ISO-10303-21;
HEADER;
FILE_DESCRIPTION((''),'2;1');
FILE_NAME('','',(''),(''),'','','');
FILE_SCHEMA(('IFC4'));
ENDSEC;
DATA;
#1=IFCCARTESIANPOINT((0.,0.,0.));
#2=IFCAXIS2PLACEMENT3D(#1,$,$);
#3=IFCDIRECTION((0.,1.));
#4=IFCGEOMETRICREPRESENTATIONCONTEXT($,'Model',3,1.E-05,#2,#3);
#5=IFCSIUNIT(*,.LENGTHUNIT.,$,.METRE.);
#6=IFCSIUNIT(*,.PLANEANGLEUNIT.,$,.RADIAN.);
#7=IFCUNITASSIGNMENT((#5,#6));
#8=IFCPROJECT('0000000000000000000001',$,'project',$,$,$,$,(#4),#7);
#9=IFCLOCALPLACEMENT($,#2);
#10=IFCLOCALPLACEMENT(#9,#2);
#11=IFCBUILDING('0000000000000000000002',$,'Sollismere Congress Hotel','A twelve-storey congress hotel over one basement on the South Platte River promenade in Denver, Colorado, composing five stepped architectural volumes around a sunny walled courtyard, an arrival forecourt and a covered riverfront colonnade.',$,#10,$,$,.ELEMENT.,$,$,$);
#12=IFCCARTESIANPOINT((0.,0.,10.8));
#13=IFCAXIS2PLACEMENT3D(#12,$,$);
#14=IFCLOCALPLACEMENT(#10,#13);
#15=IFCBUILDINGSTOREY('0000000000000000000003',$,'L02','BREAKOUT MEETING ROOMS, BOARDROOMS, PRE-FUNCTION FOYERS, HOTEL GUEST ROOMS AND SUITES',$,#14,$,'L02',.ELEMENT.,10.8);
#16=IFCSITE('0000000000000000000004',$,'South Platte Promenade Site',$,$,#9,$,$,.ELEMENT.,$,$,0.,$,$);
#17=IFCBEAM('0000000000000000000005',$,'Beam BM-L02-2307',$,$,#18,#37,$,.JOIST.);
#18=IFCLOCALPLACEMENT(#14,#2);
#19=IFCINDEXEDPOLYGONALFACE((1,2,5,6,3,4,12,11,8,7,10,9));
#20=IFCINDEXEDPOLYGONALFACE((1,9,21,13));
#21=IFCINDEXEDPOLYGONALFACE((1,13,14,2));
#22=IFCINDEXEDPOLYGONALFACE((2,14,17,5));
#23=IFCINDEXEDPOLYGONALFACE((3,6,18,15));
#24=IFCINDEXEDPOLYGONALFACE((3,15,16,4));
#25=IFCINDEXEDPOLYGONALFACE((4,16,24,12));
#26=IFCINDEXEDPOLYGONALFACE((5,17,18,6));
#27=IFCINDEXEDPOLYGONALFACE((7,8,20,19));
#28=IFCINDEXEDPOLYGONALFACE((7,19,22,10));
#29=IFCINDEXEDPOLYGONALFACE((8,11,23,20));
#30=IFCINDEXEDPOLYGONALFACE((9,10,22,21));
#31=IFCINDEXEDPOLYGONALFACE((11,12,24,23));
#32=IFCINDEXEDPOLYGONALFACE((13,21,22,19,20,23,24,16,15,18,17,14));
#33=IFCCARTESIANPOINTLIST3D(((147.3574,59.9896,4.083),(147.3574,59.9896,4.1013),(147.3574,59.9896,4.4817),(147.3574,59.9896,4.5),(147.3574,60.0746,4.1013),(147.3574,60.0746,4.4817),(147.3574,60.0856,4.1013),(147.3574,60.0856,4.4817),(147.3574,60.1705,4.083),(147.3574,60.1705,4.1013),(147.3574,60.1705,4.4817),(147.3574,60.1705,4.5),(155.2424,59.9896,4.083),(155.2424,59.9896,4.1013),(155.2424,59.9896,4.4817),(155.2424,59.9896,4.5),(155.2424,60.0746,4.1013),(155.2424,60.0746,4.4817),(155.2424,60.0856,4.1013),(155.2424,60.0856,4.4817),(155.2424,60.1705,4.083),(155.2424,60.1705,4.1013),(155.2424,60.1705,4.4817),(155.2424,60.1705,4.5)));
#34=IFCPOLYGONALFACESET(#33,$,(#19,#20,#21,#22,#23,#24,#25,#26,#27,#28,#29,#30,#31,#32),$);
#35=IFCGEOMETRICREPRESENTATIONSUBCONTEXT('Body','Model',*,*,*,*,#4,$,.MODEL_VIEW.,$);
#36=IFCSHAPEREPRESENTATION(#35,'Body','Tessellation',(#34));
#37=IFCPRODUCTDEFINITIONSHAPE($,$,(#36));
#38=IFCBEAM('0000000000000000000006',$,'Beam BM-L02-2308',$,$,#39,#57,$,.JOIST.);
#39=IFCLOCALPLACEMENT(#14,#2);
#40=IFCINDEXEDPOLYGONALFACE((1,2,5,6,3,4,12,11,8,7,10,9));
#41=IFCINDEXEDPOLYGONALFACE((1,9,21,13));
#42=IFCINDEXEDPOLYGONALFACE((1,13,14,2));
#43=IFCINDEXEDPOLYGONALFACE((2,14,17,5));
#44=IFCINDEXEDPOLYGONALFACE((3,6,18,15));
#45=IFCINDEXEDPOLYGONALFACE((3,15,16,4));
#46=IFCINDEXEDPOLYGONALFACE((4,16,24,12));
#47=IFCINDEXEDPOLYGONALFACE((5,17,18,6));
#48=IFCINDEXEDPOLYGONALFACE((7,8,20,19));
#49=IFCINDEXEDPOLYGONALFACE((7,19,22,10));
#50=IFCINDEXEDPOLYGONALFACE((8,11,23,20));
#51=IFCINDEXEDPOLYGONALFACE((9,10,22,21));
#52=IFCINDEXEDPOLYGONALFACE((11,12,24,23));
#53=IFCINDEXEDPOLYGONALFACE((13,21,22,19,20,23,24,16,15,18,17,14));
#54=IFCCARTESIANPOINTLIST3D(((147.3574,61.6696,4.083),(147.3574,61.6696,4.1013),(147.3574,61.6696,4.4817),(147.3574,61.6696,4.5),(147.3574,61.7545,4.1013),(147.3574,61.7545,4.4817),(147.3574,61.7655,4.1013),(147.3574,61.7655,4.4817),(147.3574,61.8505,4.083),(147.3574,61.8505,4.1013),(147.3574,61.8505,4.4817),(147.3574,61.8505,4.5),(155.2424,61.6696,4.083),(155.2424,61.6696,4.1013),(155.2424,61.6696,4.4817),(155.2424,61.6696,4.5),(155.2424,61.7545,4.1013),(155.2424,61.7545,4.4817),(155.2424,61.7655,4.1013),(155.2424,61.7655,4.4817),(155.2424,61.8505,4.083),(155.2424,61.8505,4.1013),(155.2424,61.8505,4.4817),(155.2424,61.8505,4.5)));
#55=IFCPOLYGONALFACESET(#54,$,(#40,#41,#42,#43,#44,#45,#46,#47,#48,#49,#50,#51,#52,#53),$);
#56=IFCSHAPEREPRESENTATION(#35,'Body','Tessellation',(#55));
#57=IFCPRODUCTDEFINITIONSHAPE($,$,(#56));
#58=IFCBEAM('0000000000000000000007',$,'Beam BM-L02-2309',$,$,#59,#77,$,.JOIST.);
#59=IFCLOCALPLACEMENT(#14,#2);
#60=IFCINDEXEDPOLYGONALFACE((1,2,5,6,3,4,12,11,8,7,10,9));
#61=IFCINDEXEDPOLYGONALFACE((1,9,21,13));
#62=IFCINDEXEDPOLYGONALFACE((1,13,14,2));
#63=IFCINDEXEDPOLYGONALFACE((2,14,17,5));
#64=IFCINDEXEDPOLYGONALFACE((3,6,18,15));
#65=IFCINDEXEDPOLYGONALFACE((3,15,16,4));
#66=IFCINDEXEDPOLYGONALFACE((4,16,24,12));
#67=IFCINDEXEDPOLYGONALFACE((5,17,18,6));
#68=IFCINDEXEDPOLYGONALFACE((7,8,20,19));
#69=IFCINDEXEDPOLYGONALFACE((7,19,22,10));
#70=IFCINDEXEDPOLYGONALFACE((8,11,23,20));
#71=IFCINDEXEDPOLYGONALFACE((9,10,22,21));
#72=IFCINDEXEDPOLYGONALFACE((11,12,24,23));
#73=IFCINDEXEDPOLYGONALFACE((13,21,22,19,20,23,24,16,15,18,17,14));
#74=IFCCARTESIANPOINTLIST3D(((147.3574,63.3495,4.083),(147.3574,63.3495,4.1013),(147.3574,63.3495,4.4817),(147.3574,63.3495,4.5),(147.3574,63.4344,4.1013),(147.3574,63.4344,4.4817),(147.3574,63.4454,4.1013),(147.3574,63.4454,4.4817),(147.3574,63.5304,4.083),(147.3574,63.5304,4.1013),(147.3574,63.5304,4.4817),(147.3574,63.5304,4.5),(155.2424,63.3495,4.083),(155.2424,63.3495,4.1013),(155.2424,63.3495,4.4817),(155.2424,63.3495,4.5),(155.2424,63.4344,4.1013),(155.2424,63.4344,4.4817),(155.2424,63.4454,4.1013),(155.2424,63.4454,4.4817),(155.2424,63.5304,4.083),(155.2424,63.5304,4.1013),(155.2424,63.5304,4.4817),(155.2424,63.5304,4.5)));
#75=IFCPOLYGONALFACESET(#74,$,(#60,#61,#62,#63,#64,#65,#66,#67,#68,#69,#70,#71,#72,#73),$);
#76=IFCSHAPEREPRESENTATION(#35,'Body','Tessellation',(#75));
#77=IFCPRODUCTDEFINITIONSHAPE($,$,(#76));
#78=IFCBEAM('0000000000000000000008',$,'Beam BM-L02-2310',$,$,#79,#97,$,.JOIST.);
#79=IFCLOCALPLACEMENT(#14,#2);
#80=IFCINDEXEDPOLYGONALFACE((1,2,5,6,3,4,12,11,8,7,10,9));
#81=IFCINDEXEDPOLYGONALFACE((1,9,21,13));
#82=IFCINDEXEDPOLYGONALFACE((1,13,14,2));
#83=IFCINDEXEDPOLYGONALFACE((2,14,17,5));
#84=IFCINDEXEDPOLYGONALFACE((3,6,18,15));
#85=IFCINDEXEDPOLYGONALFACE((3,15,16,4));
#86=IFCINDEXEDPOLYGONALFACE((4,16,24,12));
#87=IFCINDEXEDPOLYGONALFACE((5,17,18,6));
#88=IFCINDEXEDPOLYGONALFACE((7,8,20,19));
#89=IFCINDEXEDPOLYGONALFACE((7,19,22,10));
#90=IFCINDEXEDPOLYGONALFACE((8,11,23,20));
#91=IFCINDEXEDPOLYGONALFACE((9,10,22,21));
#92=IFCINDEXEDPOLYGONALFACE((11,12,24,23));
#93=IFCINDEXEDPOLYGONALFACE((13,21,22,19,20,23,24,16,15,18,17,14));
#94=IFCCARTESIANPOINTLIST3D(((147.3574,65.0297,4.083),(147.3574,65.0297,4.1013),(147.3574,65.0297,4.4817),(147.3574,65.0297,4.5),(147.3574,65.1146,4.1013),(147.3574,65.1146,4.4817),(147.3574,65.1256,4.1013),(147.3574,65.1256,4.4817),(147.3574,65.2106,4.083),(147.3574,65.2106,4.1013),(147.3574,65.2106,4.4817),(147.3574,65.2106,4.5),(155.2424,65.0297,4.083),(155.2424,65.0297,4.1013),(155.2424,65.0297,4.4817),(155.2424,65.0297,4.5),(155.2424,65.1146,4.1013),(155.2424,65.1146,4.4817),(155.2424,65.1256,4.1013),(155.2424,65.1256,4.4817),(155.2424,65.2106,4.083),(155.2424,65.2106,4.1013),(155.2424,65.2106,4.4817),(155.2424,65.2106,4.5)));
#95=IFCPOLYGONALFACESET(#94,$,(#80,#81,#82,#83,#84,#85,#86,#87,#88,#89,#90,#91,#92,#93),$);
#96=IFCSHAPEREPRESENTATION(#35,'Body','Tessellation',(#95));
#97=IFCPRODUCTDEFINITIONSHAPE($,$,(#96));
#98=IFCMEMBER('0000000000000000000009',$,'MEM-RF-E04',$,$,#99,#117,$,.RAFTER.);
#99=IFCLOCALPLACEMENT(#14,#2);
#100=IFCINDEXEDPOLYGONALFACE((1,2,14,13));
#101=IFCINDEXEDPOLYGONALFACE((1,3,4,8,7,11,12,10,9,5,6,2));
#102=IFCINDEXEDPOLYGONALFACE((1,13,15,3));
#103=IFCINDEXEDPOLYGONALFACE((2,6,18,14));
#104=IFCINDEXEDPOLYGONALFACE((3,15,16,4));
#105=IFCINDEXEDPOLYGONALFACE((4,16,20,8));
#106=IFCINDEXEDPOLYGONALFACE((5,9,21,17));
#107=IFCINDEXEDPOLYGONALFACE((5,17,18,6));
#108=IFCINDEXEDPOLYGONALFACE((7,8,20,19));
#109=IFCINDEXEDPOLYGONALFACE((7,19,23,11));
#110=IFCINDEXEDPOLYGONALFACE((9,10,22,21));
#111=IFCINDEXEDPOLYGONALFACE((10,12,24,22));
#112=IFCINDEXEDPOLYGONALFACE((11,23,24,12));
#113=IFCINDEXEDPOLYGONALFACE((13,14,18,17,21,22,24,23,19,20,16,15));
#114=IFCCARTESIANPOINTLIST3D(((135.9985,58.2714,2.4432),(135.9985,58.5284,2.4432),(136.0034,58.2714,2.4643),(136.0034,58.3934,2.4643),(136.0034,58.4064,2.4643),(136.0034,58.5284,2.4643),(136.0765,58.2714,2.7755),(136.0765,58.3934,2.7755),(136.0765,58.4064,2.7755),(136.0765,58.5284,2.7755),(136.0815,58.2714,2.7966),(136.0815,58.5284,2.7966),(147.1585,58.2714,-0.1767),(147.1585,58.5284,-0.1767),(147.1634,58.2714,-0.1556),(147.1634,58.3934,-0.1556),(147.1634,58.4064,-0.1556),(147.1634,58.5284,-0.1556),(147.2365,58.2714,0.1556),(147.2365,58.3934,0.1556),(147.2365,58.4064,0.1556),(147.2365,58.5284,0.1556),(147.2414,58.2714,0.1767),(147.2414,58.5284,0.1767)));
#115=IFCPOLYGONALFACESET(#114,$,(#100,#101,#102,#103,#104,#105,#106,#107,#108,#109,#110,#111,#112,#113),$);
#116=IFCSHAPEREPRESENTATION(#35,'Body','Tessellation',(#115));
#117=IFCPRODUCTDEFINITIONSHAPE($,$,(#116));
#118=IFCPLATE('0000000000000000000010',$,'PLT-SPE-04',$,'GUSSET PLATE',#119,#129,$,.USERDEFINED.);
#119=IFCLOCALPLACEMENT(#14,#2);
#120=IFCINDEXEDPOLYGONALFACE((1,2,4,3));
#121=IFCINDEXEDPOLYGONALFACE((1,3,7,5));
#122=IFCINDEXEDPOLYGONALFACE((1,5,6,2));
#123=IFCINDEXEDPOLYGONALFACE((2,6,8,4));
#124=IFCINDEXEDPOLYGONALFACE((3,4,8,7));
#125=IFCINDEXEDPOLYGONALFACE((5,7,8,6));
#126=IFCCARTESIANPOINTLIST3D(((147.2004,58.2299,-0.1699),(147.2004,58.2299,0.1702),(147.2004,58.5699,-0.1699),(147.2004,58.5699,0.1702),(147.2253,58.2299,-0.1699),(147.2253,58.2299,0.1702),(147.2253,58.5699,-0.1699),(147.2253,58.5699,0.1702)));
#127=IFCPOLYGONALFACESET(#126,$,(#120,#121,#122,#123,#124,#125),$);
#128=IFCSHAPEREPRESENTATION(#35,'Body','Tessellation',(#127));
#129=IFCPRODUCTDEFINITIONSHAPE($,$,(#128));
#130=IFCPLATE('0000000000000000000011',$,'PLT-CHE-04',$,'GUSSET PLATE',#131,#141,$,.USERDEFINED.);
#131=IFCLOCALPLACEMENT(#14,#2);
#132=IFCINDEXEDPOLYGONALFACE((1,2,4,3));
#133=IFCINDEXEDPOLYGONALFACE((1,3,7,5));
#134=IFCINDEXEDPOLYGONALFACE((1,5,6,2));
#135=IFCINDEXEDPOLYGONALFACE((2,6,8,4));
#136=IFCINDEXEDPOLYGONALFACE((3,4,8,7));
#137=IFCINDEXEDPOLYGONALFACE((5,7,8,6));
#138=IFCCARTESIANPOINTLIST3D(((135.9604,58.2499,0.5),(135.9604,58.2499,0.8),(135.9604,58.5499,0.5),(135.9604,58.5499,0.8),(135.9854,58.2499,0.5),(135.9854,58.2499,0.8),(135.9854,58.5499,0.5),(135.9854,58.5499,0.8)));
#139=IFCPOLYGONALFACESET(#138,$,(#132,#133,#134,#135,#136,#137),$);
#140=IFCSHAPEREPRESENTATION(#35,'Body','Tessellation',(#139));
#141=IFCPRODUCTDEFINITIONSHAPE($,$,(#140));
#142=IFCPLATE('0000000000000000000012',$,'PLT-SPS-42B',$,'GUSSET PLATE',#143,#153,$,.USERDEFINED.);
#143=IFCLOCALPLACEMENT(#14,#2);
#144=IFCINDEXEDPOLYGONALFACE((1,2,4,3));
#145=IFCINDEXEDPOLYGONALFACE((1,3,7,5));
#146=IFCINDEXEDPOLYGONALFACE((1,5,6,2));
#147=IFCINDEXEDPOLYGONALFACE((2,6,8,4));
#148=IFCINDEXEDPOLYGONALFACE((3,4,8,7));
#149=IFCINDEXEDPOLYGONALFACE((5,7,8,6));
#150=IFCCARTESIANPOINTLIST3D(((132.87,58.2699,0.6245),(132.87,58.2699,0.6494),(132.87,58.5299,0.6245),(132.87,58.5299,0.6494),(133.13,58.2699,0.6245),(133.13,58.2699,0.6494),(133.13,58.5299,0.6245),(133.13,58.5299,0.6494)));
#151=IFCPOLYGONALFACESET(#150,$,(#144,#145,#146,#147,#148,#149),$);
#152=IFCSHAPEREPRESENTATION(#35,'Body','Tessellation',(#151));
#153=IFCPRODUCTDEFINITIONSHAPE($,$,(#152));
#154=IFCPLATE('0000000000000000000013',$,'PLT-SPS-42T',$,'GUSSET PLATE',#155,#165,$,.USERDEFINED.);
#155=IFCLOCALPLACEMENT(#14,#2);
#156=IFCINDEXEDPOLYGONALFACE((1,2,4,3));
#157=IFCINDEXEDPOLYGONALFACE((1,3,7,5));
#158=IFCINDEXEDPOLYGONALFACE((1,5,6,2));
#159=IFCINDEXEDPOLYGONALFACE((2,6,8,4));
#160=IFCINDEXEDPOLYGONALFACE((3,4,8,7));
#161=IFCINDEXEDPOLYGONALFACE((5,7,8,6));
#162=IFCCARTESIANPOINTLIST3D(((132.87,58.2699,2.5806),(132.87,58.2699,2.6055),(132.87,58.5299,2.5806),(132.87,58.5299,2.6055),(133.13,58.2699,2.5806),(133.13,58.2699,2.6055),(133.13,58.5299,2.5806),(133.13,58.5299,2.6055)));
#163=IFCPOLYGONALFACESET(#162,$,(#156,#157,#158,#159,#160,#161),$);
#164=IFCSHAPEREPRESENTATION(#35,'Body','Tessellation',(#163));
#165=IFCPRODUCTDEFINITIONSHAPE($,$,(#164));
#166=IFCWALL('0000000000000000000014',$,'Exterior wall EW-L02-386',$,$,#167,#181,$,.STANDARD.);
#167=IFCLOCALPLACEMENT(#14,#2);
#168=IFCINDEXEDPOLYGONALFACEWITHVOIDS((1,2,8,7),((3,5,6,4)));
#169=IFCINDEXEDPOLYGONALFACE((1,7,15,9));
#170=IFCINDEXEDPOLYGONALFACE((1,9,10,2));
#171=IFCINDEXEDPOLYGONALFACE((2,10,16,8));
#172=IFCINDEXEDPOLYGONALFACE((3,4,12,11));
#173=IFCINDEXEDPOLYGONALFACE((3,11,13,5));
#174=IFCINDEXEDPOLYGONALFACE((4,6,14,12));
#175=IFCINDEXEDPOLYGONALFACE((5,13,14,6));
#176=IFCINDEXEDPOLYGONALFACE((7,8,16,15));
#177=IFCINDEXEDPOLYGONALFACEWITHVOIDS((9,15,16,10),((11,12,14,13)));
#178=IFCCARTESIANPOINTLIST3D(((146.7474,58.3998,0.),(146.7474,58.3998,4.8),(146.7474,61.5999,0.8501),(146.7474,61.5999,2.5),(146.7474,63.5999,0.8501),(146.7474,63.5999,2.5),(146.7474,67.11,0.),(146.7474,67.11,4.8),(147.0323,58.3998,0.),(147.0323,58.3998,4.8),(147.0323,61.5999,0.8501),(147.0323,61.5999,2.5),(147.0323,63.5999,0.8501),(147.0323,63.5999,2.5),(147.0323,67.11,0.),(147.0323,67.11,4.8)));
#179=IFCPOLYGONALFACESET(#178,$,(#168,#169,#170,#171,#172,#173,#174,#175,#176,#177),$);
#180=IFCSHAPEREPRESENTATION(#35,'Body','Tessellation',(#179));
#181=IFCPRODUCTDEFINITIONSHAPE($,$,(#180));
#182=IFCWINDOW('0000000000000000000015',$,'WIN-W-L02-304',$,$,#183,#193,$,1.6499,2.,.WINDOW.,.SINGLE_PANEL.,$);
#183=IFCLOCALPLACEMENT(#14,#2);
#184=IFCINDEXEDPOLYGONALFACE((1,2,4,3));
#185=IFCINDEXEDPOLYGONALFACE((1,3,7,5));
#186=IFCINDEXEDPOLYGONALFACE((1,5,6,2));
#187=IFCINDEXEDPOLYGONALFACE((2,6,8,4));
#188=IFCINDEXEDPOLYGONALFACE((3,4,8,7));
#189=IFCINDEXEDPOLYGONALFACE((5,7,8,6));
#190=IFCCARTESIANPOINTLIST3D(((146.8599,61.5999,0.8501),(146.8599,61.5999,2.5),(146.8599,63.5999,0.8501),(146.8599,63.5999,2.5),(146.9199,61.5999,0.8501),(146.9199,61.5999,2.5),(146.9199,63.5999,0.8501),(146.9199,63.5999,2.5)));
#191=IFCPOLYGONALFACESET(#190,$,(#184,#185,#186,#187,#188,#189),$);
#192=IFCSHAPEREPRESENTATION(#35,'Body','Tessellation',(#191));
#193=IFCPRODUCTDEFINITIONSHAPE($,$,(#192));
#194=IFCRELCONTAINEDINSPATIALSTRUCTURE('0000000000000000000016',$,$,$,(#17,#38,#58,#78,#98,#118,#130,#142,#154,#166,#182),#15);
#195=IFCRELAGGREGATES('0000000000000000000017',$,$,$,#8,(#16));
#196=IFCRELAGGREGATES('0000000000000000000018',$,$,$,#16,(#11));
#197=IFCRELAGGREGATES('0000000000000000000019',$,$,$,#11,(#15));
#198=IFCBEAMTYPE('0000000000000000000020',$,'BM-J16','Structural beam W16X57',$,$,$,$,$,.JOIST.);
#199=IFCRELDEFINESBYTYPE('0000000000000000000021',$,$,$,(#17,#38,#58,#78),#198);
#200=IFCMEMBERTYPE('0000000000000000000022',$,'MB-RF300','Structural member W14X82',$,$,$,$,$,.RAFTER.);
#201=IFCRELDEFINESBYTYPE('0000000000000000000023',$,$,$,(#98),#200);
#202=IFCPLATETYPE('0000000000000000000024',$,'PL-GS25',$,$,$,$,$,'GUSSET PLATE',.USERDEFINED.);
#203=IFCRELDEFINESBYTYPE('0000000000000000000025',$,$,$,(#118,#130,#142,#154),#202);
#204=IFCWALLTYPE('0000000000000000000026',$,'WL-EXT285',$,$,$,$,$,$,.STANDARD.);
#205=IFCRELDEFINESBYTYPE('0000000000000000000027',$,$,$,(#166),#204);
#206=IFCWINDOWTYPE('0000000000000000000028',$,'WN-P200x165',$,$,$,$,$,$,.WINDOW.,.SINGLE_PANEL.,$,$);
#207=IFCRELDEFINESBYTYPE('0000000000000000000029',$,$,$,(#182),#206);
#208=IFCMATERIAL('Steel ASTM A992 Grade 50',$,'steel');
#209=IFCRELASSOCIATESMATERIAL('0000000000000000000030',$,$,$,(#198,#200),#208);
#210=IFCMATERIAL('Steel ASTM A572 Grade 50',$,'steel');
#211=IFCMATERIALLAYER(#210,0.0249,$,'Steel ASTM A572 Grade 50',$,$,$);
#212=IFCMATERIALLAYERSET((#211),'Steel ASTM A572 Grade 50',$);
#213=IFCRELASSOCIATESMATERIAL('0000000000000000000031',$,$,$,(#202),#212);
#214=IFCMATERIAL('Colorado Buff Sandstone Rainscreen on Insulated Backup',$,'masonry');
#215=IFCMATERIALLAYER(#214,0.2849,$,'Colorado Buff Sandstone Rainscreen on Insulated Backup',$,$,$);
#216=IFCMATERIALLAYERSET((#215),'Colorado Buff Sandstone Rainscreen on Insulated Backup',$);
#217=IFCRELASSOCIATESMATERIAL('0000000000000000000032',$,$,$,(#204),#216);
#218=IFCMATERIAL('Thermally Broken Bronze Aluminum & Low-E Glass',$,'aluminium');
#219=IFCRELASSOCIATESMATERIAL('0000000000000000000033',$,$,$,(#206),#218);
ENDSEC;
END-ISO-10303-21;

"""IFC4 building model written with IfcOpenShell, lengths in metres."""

from ifc_helpers import new_model, si_unit, direction, frame, frame_2d, origin, origin_2d, place, context, subcontext, project, spatial, rectangle, i_section, extrude, material, layer, layer_set, material_profile, profile_set, type_object, element, fill, save


model = new_model("IFC4")

# Units and contexts
model_context = context("Model", 3, precision=1e-05, world=origin(), true_north=direction((0.0, 1.0)))
body_context = subcontext(model_context, "Body", "Model", "MODEL_VIEW")
ifc_project = project(units=[si_unit("LENGTHUNIT", "METRE"), si_unit("PLANEANGLEUNIT", "RADIAN")], contexts=[model_context])

# Site, building, storey
site_placement = place(None, origin())
site = spatial("IfcSite", under=ifc_project, at=site_placement, Name="South Platte Promenade Site", CompositionType="ELEMENT", RefElevation=0.0)
building_placement = place(site_placement, origin())
building = spatial("IfcBuilding", under=site, at=building_placement, Name="Sollismere Congress Hotel", Description="A twelve-storey congress hotel over one basement on the South Platte River promenade in Denver, Colorado, composing five stepped architectural volumes around a sunny walled courtyard, an arrival forecourt and a covered riverfront colonnade.", CompositionType="ELEMENT")
storey_placement = place(building_placement, frame((0.0, 0.0, 10.8)))
storey = spatial("IfcBuildingStorey", under=building, at=storey_placement, Name="L02", Description="BREAKOUT MEETING ROOMS, BOARDROOMS, PRE-FUNCTION FOYERS, HOTEL GUEST ROOMS AND SUITES", LongName="L02", CompositionType="ELEMENT", Elevation=10.8)

# Shared definitions
ifc_material_1 = material(Name="Steel ASTM A992 Grade 50", Category="steel")

# Beams
ifc_material_profile_1 = material_profile(ifc_material_1, i_section(OverallWidth=0.1809, OverallDepth=0.417, WebThickness=0.011, FlangeThickness=0.0183, at=origin_2d()), Name="W16X57")
ifc_profile_set_1 = profile_set([ifc_material_profile_1], Name="Steel ASTM A992 Grade 50")
beam_type_1 = type_object("IfcBeamType", Name="BM-J16", Description="Structural beam W16X57", PredefinedType="JOIST", material=ifc_profile_set_1)
for number, where, z_axis, x_axis, name in (
    (1, (147.3574, 60.0801, 4.2915), (1.0, 0.0, 0.0), (0.0, 1.0, 0.0), "Beam BM-L02-2307"),
    (2, (147.3574, 61.76, 4.2915), (1.0, 0.0, 0.0), (0.0, 1.0, 0.0), "Beam BM-L02-2308"),
    (3, (147.3574, 63.4399, 4.2915), (1.0, 0.0, 0.0), (0.0, 1.0, 0.0), "Beam BM-L02-2309"),
    (4, (147.3574, 65.1201, 4.2915), (1.0, 0.0, 0.0), (0.0, 1.0, 0.0), "Beam BM-L02-2310"),
):
    element("IfcBeam", number, at=place(storey_placement, frame(where, z_axis=z_axis, x_axis=x_axis)), inside=storey, type_object=beam_type_1, Name=name, PredefinedType="JOIST", context=body_context, shape_type="SweptSolid", body=[
        extrude(i_section(OverallWidth=0.1809, OverallDepth=0.417, WebThickness=0.011, FlangeThickness=0.0183, at=origin_2d()), origin(), (0.0, 0.0, 1.0), 7.885),
    ])

# Member
ifc_material_profile_2 = material_profile(ifc_material_1, i_section(OverallWidth=0.2571, OverallDepth=0.363, WebThickness=0.0129, FlangeThickness=0.0217, at=origin_2d()), Name="W14X82")
ifc_profile_set_2 = profile_set([ifc_material_profile_2], Name="Steel ASTM A992 Grade 50")
member_type = type_object("IfcMemberType", Name="MB-RF300", Description="Structural member W14X82", PredefinedType="RAFTER", material=ifc_profile_set_2)
member_placement = place(storey_placement, frame((147.2, 58.3999, 0.0), z_axis=(-0.973534, 0.0, 0.228544), x_axis=(0.0, -1.0, 0.0)))
element("IfcMember", 5, at=member_placement, inside=storey, type_object=member_type, Name="MEM-RF-E04", PredefinedType="RAFTER", context=body_context, shape_type="SweptSolid", body=[
    extrude(i_section(OverallWidth=0.2571, OverallDepth=0.363, WebThickness=0.0129, FlangeThickness=0.0217, at=origin_2d()), origin(), (0.0, 0.0, 1.0), 11.4634),
])

# Plates
ifc_material_2 = material(Name="Steel ASTM A572 Grade 50", Category="steel")
ifc_layer_1 = layer(ifc_material_2, 0.0249, Name="Steel ASTM A572 Grade 50")
ifc_layer_set_1 = layer_set([ifc_layer_1], Name="Steel ASTM A572 Grade 50")
plate_type = type_object("IfcPlateType", Name="PL-GS25", ElementType="GUSSET PLATE", PredefinedType="USERDEFINED", material=ifc_layer_set_1)
plate_1_placement = place(storey_placement, frame((147.2129, 58.3999, -0.1699), z_axis=(0.0, 0.0, 1.0), x_axis=(1.0, 0.0, 0.0)))
element("IfcPlate", 6, at=plate_1_placement, inside=storey, type_object=plate_type, Name="PLT-SPE-04", ObjectType="GUSSET PLATE", PredefinedType="USERDEFINED", context=body_context, shape_type="SweptSolid", body=[
    extrude(rectangle(XDim=0.0249, YDim=0.3401, at=origin_2d()), origin(), (0.0, 0.0, 1.0), 0.3401),
])
plate_2_placement = place(storey_placement, frame((135.9729, 58.3999, 0.5), z_axis=(0.0, 0.0, 1.0), x_axis=(1.0, 0.0, 0.0)))
element("IfcPlate", 7, at=plate_2_placement, inside=storey, type_object=plate_type, Name="PLT-CHE-04", ObjectType="GUSSET PLATE", PredefinedType="USERDEFINED", context=body_context, shape_type="SweptSolid", body=[
    extrude(rectangle(XDim=0.0249, YDim=0.3, at=origin_2d()), origin(), (0.0, 0.0, 1.0), 0.3),
])
for number, where, z_axis, x_axis, name in (
    (8, (133.0, 58.3999, 0.6245), (0.0, 0.0, 1.0), (1.0, 0.0, 0.0), "PLT-SPS-42B"),
    (9, (133.0, 58.3999, 2.5806), (0.0, 0.0, 1.0), (1.0, 0.0, 0.0), "PLT-SPS-42T"),
):
    element("IfcPlate", number, at=place(storey_placement, frame(where, z_axis=z_axis, x_axis=x_axis)), inside=storey, type_object=plate_type, Name=name, ObjectType="GUSSET PLATE", PredefinedType="USERDEFINED", context=body_context, shape_type="SweptSolid", body=[
        extrude(rectangle(XDim=0.26, YDim=0.26, at=origin_2d()), origin(), (0.0, 0.0, 1.0), 0.0249),
    ])

# Wall, opening, window
ifc_material_3 = material(Name="Colorado Buff Sandstone Rainscreen on Insulated Backup", Category="masonry")
ifc_layer_2 = layer(ifc_material_3, 0.2849, Name="Colorado Buff Sandstone Rainscreen on Insulated Backup")
ifc_layer_set_2 = layer_set([ifc_layer_2], Name="Colorado Buff Sandstone Rainscreen on Insulated Backup")
wall_type_1 = type_object("IfcWallType", Name="WL-EXT285", PredefinedType="STANDARD", material=ifc_layer_set_2)
wall_1_placement = place(storey_placement, frame((146.8899, 58.3999, 0.0), z_axis=(0.0, 0.0, 1.0), x_axis=(0.0, 1.0, 0.0)))
wall_1 = element("IfcWall", 10, at=wall_1_placement, inside=storey, type_object=wall_type_1, Name="Exterior wall EW-L02-386", PredefinedType="STANDARD", context=body_context, shape_type="SweptSolid", body=[
    extrude(rectangle(XDim=8.7102, YDim=0.2849, at=frame_2d((4.355, 0.0))), origin(), (0.0, 0.0, 1.0), 4.8),
])
opening_1_placement = place(wall_1_placement, frame((3.2, 0.0, 0.8501)))
opening_1 = element("IfcOpeningElement", 11, at=opening_1_placement, cuts=wall_1, PredefinedType="OPENING", context=body_context, shape_type="SweptSolid", body=[
    extrude(rectangle(XDim=2.0, YDim=1.6499, at=frame_2d((1.0, 0.825))), frame((0.0, 0.1523, 0.0), z_axis=(0.0, -1.0, 0.0), x_axis=(1.0, 0.0, 0.0)), (0.0, 0.0, 1.0), 0.3049),
])
ifc_material_4 = material(Name="Thermally Broken Bronze Aluminum & Low-E Glass", Category="aluminium")
window_type = type_object("IfcWindowType", Name="WN-P200x165", PartitioningType="SINGLE_PANEL", PredefinedType="WINDOW", material=ifc_material_4)
window_placement = place(opening_1_placement, origin())
window = element("IfcWindow", 12, at=window_placement, inside=storey, type_object=window_type, Name="WIN-W-L02-304", OverallHeight=1.6499, OverallWidth=2.0, PartitioningType="SINGLE_PANEL", PredefinedType="WINDOW", context=body_context, shape_type="SweptSolid", body=[
    extrude(rectangle(XDim=2.0, YDim=1.6499, at=frame_2d((1.0, 0.825))), frame((0.0, 0.03, 0.0), z_axis=(0.0, -1.0, 0.0), x_axis=(1.0, 0.0, 0.0)), (0.0, 0.0, 1.0), 0.0601),
])
fill(opening_1, window)

save(model, "model.ifc")
